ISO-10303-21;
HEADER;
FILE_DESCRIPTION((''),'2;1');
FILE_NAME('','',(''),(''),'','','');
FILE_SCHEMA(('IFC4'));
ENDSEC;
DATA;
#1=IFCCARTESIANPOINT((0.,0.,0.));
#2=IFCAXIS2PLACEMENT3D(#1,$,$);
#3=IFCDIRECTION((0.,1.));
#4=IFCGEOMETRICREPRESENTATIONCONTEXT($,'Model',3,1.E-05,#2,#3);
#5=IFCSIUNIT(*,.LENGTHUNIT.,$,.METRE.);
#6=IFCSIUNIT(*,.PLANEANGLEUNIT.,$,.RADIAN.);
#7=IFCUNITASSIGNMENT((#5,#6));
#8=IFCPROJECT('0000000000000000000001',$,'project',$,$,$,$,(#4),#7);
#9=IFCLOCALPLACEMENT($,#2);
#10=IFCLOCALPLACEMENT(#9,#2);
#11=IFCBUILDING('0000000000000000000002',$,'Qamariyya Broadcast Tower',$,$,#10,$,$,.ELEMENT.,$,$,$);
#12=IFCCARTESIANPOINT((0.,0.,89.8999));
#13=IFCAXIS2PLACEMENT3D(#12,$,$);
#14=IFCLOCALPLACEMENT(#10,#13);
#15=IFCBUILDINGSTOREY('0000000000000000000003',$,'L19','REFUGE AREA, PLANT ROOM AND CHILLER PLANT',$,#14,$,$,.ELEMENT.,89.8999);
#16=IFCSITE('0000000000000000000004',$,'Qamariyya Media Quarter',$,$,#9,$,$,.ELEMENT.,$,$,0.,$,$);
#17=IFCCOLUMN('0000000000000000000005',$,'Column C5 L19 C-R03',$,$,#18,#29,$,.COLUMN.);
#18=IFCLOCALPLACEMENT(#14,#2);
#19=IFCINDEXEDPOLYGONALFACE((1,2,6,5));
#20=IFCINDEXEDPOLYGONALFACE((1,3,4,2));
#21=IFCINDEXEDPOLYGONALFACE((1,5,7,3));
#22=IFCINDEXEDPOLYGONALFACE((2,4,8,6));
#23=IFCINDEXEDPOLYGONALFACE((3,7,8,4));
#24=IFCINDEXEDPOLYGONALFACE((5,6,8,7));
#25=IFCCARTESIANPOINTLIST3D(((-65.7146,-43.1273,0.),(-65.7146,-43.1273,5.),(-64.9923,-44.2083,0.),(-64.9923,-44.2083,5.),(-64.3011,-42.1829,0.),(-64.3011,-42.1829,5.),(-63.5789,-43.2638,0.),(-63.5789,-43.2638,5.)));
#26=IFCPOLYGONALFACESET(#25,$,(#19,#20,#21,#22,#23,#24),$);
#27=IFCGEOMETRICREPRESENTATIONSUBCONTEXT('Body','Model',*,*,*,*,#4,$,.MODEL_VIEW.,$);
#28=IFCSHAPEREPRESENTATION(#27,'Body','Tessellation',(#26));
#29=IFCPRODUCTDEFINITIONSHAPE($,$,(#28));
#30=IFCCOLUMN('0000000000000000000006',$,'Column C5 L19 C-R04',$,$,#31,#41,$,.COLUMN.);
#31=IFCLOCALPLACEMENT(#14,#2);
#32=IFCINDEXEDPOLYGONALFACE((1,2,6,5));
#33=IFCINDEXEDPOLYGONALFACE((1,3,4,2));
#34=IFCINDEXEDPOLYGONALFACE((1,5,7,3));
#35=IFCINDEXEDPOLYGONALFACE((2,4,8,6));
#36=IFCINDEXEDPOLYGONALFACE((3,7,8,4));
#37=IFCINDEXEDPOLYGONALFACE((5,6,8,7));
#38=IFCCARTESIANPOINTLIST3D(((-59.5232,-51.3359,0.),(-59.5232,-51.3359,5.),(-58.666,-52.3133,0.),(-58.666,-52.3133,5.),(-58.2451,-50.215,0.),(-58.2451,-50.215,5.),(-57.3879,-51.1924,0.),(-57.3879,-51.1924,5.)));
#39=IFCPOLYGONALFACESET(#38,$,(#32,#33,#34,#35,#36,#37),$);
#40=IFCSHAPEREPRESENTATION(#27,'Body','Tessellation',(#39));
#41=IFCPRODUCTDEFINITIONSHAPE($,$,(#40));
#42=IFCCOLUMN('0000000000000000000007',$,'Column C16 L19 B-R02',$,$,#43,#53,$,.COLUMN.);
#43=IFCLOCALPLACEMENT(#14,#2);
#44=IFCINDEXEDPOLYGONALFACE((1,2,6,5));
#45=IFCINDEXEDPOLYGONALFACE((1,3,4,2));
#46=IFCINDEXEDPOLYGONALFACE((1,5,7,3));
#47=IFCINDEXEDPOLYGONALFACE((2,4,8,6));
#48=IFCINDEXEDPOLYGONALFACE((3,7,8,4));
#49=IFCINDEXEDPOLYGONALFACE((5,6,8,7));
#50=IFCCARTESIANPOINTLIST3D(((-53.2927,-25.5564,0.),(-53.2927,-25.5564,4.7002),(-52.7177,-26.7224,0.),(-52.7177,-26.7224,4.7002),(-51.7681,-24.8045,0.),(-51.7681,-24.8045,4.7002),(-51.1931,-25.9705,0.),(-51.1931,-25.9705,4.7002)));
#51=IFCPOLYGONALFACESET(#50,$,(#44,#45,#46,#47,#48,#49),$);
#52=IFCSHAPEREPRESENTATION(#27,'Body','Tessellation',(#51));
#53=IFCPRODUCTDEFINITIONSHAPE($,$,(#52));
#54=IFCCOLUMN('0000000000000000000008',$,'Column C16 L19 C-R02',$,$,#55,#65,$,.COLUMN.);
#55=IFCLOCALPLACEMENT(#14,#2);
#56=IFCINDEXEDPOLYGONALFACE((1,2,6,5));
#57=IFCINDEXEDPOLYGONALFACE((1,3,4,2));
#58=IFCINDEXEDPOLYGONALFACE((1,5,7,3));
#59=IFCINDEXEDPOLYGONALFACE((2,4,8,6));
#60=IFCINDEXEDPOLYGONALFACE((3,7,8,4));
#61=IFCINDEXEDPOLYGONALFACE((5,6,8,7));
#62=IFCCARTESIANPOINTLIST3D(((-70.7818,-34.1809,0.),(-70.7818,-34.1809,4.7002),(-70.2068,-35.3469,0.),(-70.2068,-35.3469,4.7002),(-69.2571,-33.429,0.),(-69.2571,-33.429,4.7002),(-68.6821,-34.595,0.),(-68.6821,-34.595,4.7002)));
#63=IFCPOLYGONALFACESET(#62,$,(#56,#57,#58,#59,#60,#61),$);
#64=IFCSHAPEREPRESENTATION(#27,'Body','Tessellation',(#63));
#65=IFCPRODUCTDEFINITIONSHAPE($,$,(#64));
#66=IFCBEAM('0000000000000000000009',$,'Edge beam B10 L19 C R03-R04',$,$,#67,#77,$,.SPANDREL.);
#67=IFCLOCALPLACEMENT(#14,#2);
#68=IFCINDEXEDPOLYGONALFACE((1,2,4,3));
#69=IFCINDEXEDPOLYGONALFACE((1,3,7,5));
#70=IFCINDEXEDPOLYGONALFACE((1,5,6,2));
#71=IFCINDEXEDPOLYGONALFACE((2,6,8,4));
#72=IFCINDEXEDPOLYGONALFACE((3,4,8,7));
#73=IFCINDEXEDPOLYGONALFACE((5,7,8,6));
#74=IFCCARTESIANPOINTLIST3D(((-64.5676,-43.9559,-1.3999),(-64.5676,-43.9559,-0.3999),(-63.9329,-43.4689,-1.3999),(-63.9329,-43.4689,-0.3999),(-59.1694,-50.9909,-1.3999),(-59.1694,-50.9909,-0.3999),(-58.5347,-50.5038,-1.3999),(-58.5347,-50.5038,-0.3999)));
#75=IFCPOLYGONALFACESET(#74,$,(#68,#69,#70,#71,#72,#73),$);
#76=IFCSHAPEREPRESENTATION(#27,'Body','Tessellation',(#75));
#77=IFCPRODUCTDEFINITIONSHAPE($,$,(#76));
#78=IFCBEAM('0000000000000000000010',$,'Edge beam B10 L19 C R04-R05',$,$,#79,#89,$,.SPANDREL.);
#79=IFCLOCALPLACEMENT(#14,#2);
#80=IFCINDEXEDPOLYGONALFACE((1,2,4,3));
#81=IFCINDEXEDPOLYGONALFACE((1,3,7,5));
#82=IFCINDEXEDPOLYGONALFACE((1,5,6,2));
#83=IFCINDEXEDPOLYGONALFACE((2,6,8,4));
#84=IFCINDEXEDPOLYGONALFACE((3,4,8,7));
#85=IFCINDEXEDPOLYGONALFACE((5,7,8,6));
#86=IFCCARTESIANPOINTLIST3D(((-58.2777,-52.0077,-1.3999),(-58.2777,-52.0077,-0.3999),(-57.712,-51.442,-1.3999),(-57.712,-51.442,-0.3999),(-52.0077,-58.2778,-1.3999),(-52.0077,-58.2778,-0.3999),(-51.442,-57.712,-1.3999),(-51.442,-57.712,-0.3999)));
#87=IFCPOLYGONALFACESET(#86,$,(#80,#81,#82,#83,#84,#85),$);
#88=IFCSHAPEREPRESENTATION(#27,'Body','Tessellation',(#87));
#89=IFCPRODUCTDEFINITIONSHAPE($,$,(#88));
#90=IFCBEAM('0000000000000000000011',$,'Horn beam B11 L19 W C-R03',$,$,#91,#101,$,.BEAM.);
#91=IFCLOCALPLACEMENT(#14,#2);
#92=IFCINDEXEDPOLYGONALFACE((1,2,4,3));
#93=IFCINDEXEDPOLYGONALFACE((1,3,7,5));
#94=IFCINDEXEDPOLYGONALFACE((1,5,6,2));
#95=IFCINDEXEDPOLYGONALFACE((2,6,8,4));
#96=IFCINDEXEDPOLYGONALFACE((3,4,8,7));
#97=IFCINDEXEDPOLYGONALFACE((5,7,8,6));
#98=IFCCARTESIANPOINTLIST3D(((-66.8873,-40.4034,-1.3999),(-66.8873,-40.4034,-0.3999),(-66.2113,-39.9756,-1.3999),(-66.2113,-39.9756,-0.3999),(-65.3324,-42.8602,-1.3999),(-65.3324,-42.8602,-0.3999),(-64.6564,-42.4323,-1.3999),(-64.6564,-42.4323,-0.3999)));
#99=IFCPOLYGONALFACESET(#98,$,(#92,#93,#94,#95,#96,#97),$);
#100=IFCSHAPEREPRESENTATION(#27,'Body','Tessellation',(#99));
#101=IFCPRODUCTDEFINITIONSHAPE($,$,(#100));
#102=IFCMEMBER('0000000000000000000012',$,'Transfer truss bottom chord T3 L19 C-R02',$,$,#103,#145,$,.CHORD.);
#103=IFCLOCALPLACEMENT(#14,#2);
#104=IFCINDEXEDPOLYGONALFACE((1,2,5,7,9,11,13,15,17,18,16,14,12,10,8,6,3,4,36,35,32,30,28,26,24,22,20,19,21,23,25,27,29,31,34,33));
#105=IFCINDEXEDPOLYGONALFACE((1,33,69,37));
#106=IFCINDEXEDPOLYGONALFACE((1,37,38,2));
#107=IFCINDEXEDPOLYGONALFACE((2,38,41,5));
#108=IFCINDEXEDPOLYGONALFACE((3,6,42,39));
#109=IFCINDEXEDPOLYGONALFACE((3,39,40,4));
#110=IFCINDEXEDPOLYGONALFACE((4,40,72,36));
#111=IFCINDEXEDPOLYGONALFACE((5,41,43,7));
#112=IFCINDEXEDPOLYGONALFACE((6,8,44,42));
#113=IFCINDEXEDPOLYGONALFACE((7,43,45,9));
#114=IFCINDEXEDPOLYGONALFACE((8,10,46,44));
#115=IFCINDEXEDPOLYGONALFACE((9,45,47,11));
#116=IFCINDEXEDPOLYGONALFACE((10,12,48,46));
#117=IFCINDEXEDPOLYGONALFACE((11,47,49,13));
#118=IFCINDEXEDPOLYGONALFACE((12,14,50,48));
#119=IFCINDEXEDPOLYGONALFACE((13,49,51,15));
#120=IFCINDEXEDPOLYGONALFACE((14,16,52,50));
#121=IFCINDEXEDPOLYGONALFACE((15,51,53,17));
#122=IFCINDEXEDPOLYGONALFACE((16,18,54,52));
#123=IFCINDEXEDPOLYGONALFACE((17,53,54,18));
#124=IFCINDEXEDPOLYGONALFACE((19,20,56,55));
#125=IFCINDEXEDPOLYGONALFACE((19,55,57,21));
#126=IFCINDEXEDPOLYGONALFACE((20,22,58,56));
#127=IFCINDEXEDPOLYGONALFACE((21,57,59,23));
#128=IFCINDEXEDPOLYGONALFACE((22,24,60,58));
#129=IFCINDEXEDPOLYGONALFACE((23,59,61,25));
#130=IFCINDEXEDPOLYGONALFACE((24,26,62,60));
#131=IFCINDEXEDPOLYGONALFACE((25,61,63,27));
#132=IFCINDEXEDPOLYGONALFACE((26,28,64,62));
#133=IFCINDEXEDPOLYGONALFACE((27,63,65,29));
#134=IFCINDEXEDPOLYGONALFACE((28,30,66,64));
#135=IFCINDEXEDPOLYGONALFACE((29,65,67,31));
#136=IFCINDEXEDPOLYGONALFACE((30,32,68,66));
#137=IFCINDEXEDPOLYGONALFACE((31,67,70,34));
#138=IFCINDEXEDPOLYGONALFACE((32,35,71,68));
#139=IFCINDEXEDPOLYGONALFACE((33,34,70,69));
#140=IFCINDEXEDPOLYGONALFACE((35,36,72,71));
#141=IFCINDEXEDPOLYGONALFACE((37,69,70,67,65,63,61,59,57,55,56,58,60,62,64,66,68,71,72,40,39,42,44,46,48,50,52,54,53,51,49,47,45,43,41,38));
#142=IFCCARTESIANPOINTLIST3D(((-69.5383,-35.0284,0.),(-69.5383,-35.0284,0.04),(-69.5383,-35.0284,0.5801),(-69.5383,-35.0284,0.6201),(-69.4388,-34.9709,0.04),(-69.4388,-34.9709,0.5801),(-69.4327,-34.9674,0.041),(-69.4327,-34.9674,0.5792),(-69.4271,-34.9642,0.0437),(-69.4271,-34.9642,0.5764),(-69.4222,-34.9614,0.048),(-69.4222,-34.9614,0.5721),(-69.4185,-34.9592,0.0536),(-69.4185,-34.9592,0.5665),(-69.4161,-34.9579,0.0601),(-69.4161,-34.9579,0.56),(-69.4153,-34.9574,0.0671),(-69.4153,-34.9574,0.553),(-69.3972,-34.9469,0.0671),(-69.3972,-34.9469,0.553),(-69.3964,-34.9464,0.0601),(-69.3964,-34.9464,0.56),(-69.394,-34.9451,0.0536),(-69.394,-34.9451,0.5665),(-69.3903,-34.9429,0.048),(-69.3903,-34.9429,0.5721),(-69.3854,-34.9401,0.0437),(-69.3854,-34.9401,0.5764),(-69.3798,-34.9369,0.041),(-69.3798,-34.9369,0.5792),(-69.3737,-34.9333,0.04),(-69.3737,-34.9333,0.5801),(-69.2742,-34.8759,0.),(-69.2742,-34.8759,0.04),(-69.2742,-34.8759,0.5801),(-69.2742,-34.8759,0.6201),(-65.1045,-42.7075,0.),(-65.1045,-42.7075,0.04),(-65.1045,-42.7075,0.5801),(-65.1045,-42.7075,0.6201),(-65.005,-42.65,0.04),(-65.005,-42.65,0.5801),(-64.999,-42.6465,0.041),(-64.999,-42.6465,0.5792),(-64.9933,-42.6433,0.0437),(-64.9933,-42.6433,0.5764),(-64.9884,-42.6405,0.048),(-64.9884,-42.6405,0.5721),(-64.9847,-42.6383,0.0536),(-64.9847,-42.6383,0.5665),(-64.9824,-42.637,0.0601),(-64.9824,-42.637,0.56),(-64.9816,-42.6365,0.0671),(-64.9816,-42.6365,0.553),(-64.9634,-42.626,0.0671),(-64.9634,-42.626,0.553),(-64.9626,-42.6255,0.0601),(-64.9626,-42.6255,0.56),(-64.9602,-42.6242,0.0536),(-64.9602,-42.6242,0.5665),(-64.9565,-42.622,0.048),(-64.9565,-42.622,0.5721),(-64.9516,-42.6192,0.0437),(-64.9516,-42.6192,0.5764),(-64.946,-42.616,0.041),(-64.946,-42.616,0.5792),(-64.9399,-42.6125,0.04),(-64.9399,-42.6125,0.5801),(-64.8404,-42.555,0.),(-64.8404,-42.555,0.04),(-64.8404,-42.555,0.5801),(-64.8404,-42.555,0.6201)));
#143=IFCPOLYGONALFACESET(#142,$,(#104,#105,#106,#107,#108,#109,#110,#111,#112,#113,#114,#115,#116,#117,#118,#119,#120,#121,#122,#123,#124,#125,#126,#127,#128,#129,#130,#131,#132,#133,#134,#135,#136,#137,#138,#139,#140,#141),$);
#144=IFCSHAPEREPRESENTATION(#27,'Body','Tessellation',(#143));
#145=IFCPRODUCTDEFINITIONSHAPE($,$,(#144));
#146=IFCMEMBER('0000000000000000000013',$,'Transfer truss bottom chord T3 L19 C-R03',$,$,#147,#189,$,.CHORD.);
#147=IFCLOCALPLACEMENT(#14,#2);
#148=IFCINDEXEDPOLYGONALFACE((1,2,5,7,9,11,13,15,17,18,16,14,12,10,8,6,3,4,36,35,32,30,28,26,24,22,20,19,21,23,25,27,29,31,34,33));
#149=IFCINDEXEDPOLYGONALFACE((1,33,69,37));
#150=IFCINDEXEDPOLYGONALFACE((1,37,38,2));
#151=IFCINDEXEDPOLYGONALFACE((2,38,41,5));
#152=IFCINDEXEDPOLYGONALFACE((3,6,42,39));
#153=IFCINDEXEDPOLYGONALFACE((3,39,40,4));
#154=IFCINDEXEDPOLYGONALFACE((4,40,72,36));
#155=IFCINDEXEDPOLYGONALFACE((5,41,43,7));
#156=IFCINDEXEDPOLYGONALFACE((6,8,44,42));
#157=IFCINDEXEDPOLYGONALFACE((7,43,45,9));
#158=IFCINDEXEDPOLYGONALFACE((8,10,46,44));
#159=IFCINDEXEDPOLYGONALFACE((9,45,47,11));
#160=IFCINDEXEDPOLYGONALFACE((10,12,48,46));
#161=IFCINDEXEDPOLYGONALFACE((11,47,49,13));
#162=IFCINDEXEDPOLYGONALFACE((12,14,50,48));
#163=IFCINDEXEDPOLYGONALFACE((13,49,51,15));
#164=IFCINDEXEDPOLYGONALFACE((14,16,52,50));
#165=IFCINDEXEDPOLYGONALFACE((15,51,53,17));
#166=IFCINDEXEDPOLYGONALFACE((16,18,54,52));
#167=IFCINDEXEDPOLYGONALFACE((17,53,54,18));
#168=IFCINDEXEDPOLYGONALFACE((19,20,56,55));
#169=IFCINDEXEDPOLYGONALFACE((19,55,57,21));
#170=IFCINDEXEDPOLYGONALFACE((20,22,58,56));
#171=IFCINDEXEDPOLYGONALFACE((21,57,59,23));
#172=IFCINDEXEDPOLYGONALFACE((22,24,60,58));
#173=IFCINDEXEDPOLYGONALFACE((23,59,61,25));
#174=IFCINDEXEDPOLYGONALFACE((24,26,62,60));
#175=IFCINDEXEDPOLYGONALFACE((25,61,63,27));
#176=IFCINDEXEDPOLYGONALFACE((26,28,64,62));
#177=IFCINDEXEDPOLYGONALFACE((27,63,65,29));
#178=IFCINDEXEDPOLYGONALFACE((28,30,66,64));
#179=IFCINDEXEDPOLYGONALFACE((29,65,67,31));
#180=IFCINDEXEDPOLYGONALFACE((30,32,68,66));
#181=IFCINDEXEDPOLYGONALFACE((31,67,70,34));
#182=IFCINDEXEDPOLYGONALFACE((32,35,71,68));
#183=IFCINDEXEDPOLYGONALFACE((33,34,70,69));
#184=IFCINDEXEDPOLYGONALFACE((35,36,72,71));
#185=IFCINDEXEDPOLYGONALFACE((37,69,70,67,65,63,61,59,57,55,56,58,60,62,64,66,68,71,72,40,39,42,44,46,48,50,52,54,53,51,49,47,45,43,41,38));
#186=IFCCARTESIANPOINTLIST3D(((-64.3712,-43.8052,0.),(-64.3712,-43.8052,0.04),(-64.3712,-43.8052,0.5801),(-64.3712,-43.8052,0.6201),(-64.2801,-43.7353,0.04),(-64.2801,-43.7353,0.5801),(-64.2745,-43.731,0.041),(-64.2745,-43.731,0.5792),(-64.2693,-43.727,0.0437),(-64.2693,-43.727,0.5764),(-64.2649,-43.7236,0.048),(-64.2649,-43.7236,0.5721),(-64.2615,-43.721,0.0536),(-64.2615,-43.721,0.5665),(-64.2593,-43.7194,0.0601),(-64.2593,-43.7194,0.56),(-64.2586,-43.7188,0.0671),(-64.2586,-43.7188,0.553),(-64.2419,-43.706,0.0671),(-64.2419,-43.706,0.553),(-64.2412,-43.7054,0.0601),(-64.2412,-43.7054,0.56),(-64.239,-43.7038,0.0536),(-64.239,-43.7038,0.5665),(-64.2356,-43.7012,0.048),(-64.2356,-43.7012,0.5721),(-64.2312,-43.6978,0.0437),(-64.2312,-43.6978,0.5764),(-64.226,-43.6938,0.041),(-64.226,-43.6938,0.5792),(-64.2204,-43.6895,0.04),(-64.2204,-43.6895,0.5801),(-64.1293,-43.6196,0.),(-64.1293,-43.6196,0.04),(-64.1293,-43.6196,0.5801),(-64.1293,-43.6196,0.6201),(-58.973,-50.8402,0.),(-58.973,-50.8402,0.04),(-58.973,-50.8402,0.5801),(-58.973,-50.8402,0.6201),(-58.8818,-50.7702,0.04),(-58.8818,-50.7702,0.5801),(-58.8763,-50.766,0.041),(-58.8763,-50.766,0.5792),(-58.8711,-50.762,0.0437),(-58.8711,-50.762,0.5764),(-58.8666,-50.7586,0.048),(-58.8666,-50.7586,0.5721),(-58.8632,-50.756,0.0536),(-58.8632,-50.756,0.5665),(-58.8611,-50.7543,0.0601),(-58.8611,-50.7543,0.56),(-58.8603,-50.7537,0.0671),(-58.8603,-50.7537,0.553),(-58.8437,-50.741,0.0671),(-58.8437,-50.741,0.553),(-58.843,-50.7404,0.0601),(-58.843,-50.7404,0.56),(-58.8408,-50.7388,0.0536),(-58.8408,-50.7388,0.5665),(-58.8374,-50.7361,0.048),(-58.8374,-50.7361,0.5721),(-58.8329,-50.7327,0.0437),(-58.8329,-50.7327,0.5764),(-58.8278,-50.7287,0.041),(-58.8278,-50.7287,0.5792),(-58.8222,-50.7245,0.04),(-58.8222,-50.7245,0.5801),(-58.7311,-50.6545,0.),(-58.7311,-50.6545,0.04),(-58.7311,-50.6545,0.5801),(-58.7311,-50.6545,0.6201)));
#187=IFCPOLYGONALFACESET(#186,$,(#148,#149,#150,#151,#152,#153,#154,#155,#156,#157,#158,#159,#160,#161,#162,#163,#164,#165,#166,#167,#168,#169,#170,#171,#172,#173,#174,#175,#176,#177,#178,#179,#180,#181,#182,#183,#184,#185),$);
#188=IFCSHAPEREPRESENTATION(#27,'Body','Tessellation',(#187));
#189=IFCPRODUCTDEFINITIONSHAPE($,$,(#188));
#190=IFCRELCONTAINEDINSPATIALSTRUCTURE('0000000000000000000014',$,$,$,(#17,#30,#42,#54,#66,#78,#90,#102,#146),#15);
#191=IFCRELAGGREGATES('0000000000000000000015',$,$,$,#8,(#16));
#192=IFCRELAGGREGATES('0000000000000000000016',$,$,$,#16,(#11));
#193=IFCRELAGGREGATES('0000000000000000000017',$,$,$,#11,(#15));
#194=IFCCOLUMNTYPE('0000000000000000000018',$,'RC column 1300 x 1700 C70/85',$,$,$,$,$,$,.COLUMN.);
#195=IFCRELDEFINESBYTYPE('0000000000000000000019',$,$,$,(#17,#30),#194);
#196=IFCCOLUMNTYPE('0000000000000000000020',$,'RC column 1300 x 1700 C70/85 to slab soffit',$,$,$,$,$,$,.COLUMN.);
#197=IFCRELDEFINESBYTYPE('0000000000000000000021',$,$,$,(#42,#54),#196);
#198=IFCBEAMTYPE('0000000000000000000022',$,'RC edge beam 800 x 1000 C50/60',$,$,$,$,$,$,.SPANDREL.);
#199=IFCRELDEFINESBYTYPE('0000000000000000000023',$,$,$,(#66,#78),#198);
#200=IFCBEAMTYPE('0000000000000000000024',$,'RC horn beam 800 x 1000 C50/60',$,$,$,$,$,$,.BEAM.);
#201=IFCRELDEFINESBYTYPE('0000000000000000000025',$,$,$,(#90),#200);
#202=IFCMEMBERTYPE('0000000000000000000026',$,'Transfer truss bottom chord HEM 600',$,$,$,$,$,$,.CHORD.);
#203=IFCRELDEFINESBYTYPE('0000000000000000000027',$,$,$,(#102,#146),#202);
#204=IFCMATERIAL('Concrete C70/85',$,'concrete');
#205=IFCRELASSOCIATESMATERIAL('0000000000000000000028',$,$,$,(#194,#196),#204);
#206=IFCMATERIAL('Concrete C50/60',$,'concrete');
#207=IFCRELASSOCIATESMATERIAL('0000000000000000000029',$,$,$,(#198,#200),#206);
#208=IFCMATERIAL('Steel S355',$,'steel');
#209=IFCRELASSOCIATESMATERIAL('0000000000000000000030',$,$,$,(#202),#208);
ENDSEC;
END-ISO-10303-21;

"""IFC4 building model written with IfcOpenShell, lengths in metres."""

from ifc_helpers import new_model, si_unit, direction, frame, origin, origin_2d, place, context, subcontext, project, spatial, rectangle, i_section, extrude, material, material_profile, profile_set, type_object, element, save


model = new_model("IFC4")

# Units and contexts
model_context = context("Model", 3, precision=1e-05, world=origin(), true_north=direction((0.0, 1.0)))
body_context = subcontext(model_context, "Body", "Model", "MODEL_VIEW")
ifc_project = project(units=[si_unit("LENGTHUNIT", "METRE"), si_unit("PLANEANGLEUNIT", "RADIAN")], contexts=[model_context])

# Site, building, storey
site_placement = place(None, origin())
site = spatial("IfcSite", under=ifc_project, at=site_placement, Name="Qamariyya Media Quarter", CompositionType="ELEMENT", RefElevation=0.0)
building_placement = place(site_placement, origin())
building = spatial("IfcBuilding", under=site, at=building_placement, Name="Qamariyya Broadcast Tower", CompositionType="ELEMENT")
storey_placement = place(building_placement, frame((0.0, 0.0, 89.8999)))
storey = spatial("IfcBuildingStorey", under=building, at=storey_placement, Name="L19", Description="REFUGE AREA, PLANT ROOM AND CHILLER PLANT", CompositionType="ELEMENT", Elevation=89.8999)

# Columns
ifc_material_1 = material(Name="Concrete C70/85", Category="concrete")
ifc_material_profile_1 = material_profile(ifc_material_1, rectangle(XDim=1.3, YDim=1.7, at=origin_2d()))
ifc_profile_set_1 = profile_set([ifc_material_profile_1], Name="Concrete C70/85")
column_type_1 = type_object("IfcColumnType", Name="RC column 1300 x 1700 C70/85", PredefinedType="COLUMN", material=ifc_profile_set_1)
for number, where, z_axis, x_axis, name in (
    (1, (-64.6467, -43.1956, 0.0), (0.0, 0.0, 1.0), (0.55557, -0.83147, 0.0), "Column C5 L19 C-R03"),
    (2, (-58.4556, -51.2642, 0.0), (0.0, 0.0, 1.0), (0.659346, -0.75184, 0.0), "Column C5 L19 C-R04"),
):
    element("IfcColumn", number, at=place(storey_placement, frame(where, z_axis=z_axis, x_axis=x_axis)), inside=storey, type_object=column_type_1, Name=name, PredefinedType="COLUMN", context=body_context, shape_type="SweptSolid", body=[
        extrude(rectangle(XDim=1.3, YDim=1.7, at=origin_2d()), origin(), (0.0, 0.0, 1.0), 5.0),
    ])
ifc_material_profile_2 = material_profile(ifc_material_1, rectangle(XDim=1.3, YDim=1.7, at=origin_2d()))
ifc_profile_set_2 = profile_set([ifc_material_profile_2], Name="Concrete C70/85")
column_type_2 = type_object("IfcColumnType", Name="RC column 1300 x 1700 C70/85 to slab soffit", PredefinedType="COLUMN", material=ifc_profile_set_2)
for number, where, z_axis, x_axis, name in (
    (3, (-52.2429, -25.7634, 0.0), (0.0, 0.0, 1.0), (0.442289, -0.896873, 0.0), "Column C16 L19 B-R02"),
    (4, (-69.7319, -34.3879, 0.0), (0.0, 0.0, 1.0), (0.442289, -0.896873, 0.0), "Column C16 L19 C-R02"),
):
    element("IfcColumn", number, at=place(storey_placement, frame(where, z_axis=z_axis, x_axis=x_axis)), inside=storey, type_object=column_type_2, Name=name, PredefinedType="COLUMN", context=body_context, shape_type="SweptSolid", body=[
        extrude(rectangle(XDim=1.3, YDim=1.7, at=origin_2d()), origin(), (0.0, 0.0, 1.0), 4.7002),
    ])

# Beams
ifc_material_2 = material(Name="Concrete C50/60", Category="concrete")
ifc_material_profile_3 = material_profile(ifc_material_2, rectangle(XDim=0.8, YDim=1.0, at=origin_2d()))
ifc_profile_set_3 = profile_set([ifc_material_profile_3], Name="Concrete C50/60")
beam_type_1 = type_object("IfcBeamType", Name="RC edge beam 800 x 1000 C50/60", PredefinedType="SPANDREL", material=ifc_profile_set_3)
beam_1_placement = place(storey_placement, frame((-64.2502, -43.7124, -0.8999), z_axis=(0.60877, -0.793347, 0.0), x_axis=(0.793347, 0.60877, 0.0)))
element("IfcBeam", 5, at=beam_1_placement, inside=storey, type_object=beam_type_1, Name="Edge beam B10 L19 C R03-R04", PredefinedType="SPANDREL", context=body_context, shape_type="SweptSolid", body=[
    extrude(rectangle(XDim=0.8, YDim=1.0, at=origin_2d()), origin(), (0.0, 0.0, 1.0), 8.8674),
])
beam_2_placement = place(storey_placement, frame((-57.9949, -51.7249, -0.8999), z_axis=(0.707107, -0.707107, 0.0), x_axis=(0.707107, 0.707107, 0.0)))
element("IfcBeam", 6, at=beam_2_placement, inside=storey, type_object=beam_type_1, Name="Edge beam B10 L19 C R04-R05", PredefinedType="SPANDREL", context=body_context, shape_type="SweptSolid", body=[
    extrude(rectangle(XDim=0.8, YDim=1.0, at=origin_2d()), origin(), (0.0, 0.0, 1.0), 8.8672),
])
ifc_material_profile_4 = material_profile(ifc_material_2, rectangle(XDim=0.8, YDim=1.0, at=origin_2d()))
ifc_profile_set_4 = profile_set([ifc_material_profile_4], Name="Concrete C50/60")
beam_type_2 = type_object("IfcBeamType", Name="RC horn beam 800 x 1000 C50/60", PredefinedType="BEAM", material=ifc_profile_set_4)
beam_3_placement = place(storey_placement, frame((-64.9944, -42.6462, -0.8999), z_axis=(-0.534798, 0.84498, 0.0), x_axis=(-0.84498, -0.534798, 0.0)))
element("IfcBeam", 7, at=beam_3_placement, inside=storey, type_object=beam_type_2, Name="Horn beam B11 L19 W C-R03", PredefinedType="BEAM", context=body_context, shape_type="SweptSolid", body=[
    extrude(rectangle(XDim=0.8, YDim=1.0, at=origin_2d()), origin(), (0.0, 0.0, 1.0), 2.9075),
])

# Members
ifc_material_3 = material(Name="Steel S355", Category="steel")
ifc_material_profile_5 = material_profile(ifc_material_3, i_section(OverallWidth=0.3049, OverallDepth=0.6201, WebThickness=0.021, FlangeThickness=0.04, FilletRadius=0.0271, at=origin_2d()))
ifc_profile_set_5 = profile_set([ifc_material_profile_5], Name="Steel S355")
member_type_1 = type_object("IfcMemberType", Name="Transfer truss bottom chord HEM 600", PredefinedType="CHORD", material=ifc_profile_set_5)
member_1_placement = place(storey_placement, frame((-69.4062, -34.9521, 0.3101), z_axis=(0.500021, -0.866013, 0.0), x_axis=(0.866013, 0.500021, 0.0)))
element("IfcMember", 8, at=member_1_placement, inside=storey, type_object=member_type_1, Name="Transfer truss bottom chord T3 L19 C-R02", PredefinedType="CHORD", context=body_context, shape_type="SweptSolid", body=[
    extrude(i_section(OverallWidth=0.3049, OverallDepth=0.6201, WebThickness=0.021, FlangeThickness=0.04, FilletRadius=0.0271, at=origin_2d()), origin(), (0.0, 0.0, 1.0), 8.8672),
])
member_2_placement = place(storey_placement, frame((-64.2502, -43.7124, 0.3101), z_axis=(0.60877, -0.793347, 0.0), x_axis=(0.793347, 0.60877, 0.0)))
element("IfcMember", 9, at=member_2_placement, inside=storey, type_object=member_type_1, Name="Transfer truss bottom chord T3 L19 C-R03", PredefinedType="CHORD", context=body_context, shape_type="SweptSolid", body=[
    extrude(i_section(OverallWidth=0.3049, OverallDepth=0.6201, WebThickness=0.021, FlangeThickness=0.04, FilletRadius=0.0271, at=origin_2d()), origin(), (0.0, 0.0, 1.0), 8.8674),
])

save(model, "model.ifc")
